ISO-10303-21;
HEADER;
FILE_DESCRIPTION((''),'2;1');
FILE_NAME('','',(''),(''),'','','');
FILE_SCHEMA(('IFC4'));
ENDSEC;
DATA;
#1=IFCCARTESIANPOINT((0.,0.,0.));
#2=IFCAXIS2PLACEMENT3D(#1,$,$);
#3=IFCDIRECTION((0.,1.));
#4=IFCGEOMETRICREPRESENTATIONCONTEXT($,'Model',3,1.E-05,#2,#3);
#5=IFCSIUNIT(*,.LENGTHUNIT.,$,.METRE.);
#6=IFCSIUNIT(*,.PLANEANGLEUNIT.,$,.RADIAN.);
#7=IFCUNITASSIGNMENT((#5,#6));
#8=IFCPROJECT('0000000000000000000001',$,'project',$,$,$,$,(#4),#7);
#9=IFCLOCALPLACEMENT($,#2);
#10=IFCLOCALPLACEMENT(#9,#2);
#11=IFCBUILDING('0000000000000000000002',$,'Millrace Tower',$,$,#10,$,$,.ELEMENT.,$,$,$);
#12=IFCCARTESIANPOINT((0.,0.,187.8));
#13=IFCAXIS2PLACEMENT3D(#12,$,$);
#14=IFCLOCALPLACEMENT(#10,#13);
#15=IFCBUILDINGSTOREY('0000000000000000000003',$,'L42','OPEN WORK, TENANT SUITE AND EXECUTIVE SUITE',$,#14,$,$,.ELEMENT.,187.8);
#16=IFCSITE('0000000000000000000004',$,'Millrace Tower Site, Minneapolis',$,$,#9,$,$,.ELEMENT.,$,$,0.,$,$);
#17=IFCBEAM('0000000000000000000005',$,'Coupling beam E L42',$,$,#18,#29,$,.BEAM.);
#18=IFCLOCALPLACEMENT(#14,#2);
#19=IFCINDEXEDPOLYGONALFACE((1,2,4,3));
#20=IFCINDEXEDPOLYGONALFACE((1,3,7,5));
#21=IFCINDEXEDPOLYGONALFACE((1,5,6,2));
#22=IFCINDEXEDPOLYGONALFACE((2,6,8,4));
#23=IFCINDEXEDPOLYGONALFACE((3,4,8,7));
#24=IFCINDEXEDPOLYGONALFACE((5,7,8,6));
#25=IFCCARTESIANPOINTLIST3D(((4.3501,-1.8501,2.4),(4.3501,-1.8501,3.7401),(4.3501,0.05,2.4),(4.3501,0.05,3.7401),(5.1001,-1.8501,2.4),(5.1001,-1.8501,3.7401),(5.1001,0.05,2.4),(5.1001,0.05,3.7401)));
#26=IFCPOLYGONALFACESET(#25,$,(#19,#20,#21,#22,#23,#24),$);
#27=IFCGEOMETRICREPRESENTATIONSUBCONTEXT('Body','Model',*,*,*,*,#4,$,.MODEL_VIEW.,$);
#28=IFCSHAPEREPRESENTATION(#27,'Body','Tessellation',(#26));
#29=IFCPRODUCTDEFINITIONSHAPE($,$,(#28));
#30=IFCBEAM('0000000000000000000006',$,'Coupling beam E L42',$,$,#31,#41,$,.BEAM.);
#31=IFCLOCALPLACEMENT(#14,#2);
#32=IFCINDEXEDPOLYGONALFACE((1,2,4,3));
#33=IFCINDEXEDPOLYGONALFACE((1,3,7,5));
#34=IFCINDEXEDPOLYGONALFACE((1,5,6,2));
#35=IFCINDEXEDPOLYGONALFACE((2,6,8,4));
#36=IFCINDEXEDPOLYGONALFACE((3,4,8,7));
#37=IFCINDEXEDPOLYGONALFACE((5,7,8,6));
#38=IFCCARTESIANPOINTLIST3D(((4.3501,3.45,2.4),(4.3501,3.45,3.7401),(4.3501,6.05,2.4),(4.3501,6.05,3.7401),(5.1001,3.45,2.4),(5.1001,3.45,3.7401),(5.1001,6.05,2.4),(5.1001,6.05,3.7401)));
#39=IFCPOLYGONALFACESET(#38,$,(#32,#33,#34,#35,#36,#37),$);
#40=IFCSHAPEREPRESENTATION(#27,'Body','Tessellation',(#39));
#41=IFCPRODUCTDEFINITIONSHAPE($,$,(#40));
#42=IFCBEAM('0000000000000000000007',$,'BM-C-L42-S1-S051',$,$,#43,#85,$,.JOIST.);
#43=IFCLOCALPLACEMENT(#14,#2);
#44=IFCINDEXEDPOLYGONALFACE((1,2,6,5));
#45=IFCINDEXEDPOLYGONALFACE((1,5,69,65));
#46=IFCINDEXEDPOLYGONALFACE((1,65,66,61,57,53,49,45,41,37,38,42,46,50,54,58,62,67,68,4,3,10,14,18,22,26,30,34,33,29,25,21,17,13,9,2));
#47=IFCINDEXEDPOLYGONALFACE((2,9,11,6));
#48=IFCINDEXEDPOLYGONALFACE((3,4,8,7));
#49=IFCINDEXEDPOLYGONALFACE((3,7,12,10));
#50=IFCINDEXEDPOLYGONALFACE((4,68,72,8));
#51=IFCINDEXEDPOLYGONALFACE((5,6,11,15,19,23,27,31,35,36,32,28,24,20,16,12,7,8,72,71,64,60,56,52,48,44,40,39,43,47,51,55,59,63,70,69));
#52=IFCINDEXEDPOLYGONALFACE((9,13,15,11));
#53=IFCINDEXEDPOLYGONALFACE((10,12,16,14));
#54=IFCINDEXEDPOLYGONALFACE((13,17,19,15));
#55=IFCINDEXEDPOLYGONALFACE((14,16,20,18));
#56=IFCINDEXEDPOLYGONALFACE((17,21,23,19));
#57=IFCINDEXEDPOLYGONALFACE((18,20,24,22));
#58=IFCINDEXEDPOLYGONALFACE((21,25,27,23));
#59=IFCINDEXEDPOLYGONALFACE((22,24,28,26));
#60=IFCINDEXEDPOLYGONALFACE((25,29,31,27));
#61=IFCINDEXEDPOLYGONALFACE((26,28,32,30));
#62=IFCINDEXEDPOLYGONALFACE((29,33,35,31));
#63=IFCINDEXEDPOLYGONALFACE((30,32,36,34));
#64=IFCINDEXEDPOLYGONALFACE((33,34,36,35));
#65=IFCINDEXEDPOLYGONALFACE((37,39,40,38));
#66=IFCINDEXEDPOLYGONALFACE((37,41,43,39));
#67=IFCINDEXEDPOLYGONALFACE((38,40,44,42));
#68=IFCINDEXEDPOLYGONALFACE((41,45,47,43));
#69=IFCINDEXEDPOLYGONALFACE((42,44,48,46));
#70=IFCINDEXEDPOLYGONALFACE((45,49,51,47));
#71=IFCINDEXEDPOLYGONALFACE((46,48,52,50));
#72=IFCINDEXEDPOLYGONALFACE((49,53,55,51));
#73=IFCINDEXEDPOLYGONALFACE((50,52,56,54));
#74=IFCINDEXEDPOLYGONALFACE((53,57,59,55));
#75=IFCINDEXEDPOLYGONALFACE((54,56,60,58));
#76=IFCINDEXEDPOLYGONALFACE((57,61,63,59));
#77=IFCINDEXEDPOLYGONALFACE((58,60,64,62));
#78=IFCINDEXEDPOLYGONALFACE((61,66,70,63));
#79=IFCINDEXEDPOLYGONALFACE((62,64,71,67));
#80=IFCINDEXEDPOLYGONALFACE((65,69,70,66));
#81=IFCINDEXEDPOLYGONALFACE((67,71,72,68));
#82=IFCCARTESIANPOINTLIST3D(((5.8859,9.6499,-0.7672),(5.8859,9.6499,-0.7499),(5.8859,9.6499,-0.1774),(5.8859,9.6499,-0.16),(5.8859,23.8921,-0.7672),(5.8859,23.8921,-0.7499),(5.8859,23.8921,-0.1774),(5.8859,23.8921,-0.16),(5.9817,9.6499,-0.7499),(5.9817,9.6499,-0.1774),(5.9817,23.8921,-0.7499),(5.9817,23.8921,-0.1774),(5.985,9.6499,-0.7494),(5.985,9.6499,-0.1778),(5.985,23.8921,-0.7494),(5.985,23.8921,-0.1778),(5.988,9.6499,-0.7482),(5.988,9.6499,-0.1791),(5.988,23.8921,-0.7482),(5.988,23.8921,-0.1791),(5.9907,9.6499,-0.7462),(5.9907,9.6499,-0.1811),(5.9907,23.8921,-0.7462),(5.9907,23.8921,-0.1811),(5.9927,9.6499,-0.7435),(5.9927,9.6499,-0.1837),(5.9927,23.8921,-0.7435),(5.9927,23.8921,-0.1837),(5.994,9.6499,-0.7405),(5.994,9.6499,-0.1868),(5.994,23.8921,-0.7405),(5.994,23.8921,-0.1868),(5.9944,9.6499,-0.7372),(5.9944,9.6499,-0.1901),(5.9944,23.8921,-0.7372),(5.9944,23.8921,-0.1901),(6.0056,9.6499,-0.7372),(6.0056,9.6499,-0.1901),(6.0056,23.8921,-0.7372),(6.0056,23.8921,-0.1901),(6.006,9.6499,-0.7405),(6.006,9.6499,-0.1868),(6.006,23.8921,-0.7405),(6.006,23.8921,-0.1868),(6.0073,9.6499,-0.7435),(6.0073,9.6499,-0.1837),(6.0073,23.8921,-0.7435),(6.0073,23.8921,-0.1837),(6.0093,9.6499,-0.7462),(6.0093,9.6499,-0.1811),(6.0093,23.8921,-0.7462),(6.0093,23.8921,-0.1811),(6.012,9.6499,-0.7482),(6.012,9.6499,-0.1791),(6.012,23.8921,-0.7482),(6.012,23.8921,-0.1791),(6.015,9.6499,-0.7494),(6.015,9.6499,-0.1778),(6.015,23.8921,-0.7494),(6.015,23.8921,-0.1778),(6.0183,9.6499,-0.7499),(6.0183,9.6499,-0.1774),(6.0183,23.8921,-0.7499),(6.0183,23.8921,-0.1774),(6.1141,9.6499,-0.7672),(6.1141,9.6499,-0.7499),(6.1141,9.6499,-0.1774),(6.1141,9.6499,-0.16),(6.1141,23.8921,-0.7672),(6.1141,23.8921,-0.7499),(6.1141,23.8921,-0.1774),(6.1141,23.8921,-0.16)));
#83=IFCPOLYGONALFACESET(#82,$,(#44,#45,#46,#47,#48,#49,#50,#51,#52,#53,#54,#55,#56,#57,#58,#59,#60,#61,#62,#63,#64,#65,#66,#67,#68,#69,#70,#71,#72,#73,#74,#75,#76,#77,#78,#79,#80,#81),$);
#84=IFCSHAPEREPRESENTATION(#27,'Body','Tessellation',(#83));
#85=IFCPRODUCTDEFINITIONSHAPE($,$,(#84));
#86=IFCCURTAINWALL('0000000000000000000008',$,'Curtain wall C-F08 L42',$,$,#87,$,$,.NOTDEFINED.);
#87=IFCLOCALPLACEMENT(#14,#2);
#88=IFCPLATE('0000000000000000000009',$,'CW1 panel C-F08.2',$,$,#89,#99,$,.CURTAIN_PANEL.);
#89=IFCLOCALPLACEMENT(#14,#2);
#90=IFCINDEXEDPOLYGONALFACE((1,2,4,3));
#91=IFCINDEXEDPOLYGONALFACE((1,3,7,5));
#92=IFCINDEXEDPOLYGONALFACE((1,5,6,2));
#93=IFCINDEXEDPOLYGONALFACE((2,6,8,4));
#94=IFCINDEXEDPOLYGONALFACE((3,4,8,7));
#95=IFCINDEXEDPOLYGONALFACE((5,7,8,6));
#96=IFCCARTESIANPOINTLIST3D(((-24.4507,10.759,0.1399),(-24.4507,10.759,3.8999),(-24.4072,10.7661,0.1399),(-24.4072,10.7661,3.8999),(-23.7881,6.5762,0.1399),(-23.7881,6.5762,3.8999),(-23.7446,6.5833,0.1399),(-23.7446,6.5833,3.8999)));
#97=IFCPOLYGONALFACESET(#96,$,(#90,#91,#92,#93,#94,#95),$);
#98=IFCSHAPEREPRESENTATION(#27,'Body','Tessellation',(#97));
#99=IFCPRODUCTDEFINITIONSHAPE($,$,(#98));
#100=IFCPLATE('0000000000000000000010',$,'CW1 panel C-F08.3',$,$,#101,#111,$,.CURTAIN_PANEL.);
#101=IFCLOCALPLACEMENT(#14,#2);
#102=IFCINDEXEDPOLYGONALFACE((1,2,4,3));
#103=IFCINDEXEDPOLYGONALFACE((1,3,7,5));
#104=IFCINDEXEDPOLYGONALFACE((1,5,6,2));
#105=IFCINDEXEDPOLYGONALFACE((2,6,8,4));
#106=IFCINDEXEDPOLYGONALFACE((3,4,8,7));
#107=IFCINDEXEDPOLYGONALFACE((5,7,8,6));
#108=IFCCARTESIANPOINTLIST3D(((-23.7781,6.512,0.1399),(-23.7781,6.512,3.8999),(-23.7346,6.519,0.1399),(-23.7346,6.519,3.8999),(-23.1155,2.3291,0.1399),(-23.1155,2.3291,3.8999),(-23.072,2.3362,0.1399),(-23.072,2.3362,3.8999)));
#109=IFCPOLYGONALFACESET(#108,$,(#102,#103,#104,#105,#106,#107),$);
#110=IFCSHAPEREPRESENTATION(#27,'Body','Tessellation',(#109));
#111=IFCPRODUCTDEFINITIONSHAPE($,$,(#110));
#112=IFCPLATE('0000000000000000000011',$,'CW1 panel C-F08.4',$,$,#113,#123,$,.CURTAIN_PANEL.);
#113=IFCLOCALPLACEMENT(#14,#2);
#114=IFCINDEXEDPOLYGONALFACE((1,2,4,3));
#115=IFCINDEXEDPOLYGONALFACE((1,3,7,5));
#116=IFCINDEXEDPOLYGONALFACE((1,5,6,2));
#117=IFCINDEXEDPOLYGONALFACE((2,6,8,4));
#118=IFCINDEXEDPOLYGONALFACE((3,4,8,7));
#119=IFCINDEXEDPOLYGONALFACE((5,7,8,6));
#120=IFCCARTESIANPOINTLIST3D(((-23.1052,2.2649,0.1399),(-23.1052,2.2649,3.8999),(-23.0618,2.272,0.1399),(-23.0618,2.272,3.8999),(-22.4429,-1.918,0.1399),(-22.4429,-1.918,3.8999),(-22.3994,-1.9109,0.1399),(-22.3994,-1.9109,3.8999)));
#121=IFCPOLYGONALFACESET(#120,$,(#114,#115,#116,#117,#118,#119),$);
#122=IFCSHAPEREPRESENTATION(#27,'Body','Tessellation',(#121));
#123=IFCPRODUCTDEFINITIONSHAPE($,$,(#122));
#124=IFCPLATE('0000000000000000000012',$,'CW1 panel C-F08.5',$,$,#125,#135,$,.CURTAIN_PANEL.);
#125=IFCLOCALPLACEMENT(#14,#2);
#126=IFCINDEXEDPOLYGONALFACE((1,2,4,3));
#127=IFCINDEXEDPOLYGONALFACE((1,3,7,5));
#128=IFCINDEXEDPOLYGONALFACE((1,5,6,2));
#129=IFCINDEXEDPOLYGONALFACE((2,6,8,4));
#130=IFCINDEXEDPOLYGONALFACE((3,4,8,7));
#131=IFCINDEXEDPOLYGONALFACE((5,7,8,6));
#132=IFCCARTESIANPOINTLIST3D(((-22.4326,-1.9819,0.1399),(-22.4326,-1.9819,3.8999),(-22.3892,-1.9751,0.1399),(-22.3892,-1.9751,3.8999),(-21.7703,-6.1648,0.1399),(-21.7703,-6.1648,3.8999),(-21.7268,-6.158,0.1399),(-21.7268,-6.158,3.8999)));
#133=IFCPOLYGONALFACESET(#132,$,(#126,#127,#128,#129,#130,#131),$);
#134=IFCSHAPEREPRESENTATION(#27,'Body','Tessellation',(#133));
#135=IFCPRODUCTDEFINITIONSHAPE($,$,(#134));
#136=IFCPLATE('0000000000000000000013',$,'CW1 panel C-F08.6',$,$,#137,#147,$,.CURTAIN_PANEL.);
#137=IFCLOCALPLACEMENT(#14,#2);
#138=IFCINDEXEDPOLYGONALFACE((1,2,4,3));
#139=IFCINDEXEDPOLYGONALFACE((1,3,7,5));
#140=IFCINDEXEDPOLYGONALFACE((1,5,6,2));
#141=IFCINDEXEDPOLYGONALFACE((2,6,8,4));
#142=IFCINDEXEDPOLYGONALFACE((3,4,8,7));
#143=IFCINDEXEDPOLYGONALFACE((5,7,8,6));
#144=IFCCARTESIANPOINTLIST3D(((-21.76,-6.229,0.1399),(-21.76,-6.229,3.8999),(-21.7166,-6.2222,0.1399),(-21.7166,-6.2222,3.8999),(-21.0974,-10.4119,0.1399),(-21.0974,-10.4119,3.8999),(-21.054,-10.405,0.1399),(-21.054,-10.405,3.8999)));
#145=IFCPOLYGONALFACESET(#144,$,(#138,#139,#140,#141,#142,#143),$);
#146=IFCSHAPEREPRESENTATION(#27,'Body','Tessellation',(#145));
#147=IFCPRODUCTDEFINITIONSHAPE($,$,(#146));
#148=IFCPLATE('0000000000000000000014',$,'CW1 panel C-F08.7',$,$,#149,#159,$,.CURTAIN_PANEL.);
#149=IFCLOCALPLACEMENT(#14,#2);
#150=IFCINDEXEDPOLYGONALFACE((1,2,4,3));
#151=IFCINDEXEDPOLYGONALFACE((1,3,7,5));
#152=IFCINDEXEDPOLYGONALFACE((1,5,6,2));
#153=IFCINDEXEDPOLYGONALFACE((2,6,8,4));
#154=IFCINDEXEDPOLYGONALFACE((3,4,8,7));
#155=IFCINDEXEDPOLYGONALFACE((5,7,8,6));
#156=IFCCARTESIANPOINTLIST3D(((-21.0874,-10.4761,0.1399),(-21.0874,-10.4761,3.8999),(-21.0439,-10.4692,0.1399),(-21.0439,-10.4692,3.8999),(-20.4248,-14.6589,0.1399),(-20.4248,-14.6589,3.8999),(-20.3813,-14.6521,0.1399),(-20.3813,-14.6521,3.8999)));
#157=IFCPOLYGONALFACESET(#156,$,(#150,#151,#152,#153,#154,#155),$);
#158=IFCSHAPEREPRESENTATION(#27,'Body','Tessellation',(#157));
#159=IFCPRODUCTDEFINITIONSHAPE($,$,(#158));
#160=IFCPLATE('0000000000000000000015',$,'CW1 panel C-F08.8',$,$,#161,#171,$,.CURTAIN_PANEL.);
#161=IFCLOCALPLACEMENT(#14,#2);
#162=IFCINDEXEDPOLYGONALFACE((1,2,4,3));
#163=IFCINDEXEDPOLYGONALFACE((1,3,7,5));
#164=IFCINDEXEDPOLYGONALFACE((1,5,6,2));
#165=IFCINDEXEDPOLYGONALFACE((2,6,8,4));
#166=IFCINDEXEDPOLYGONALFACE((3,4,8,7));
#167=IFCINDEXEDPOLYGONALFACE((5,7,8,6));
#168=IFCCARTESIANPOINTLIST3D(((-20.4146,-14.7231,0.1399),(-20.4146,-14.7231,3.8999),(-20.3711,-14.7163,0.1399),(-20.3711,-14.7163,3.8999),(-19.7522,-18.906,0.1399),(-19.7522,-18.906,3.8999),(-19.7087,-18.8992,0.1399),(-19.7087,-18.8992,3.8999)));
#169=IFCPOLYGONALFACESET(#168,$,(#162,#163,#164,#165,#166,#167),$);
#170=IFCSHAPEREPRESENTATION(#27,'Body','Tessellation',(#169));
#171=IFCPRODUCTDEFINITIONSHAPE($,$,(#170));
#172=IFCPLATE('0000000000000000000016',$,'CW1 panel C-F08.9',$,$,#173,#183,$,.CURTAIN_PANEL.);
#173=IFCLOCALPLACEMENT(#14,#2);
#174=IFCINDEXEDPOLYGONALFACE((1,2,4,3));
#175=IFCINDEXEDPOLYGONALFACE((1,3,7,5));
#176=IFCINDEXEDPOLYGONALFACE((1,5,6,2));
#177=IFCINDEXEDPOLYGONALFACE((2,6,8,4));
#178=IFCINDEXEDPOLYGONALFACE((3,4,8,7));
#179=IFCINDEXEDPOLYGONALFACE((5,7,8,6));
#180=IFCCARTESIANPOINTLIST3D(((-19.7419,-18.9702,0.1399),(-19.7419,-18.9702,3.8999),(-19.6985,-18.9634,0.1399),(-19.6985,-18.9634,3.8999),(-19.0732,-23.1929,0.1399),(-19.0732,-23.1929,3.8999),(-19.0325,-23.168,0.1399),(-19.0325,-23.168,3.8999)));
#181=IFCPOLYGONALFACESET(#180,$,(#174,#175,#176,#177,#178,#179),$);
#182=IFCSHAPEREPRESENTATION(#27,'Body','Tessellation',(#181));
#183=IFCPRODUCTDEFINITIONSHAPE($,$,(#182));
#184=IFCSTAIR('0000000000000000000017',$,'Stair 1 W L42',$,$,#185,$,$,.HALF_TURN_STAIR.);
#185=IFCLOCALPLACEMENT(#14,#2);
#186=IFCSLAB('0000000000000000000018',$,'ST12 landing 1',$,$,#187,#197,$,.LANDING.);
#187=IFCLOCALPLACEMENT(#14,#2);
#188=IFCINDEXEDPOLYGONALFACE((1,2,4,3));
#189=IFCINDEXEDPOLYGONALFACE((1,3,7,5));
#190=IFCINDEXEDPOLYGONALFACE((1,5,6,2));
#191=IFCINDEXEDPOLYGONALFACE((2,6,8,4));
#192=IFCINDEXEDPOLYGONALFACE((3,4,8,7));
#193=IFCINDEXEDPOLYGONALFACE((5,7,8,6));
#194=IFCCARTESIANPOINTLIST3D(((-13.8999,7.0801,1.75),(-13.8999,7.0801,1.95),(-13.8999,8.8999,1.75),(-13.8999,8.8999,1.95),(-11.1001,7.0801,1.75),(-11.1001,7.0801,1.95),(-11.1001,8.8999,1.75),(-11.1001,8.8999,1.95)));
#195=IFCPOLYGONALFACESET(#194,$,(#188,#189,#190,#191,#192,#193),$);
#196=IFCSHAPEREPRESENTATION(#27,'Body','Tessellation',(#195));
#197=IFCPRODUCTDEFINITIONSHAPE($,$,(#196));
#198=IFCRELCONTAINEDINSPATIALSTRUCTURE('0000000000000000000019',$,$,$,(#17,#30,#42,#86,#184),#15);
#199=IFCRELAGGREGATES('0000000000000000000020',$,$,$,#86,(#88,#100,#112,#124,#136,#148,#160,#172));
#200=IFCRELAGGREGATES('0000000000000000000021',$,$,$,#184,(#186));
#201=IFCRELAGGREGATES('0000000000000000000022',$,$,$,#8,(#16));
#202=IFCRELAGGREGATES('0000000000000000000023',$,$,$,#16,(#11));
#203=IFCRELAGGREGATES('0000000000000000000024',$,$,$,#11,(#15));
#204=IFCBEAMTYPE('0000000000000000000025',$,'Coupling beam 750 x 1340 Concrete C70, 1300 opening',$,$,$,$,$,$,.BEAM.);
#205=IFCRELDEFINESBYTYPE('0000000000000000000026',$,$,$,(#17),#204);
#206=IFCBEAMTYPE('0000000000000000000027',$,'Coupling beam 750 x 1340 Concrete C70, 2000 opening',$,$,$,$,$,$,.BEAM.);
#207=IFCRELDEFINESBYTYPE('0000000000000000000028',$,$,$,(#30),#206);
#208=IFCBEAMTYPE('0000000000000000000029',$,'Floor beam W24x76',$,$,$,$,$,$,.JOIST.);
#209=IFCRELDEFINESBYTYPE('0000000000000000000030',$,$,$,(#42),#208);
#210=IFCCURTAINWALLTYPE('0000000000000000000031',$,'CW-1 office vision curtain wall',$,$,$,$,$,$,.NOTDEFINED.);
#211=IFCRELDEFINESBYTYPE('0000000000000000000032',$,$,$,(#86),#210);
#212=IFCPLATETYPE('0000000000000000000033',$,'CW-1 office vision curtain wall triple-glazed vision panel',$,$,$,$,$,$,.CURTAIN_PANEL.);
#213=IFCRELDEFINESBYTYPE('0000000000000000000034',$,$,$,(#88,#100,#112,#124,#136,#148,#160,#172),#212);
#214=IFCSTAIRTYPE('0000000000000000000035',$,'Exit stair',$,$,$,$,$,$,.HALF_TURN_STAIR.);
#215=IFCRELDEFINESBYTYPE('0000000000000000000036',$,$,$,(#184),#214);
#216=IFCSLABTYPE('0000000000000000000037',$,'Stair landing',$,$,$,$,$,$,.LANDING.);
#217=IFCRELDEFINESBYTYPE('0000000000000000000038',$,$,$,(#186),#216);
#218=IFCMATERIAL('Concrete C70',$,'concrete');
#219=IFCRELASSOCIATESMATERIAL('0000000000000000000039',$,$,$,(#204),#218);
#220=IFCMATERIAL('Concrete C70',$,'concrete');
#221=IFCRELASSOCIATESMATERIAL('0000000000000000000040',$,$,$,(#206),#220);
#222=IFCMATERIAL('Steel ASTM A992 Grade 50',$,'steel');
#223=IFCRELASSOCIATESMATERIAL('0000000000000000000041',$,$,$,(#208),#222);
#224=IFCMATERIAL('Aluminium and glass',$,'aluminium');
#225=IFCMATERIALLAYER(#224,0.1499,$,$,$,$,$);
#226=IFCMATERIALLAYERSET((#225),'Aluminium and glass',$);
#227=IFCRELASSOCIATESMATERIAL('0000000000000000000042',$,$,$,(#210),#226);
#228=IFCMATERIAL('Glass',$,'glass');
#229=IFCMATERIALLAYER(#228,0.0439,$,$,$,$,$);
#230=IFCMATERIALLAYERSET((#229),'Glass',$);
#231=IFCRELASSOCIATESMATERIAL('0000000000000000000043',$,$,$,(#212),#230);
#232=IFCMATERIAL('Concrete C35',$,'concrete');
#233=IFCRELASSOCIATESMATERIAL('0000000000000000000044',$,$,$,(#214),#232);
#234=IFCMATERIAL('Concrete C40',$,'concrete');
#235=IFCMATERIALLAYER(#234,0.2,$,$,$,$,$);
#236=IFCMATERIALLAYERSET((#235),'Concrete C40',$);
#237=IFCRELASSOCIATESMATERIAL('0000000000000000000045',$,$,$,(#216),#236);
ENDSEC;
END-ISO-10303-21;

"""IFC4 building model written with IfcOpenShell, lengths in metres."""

from ifc_helpers import new_model, si_unit, direction, frame, origin, origin_2d, place, context, subcontext, project, spatial, polyline, rectangle, i_section, outline, extrude, material, layer, layer_set, material_profile, profile_set, type_object, element, aggregate, save


model = new_model("IFC4")

# Units and contexts
model_context = context("Model", 3, precision=1e-05, world=origin(), true_north=direction((0.0, 1.0)))
body_context = subcontext(model_context, "Body", "Model", "MODEL_VIEW")
ifc_project = project(units=[si_unit("LENGTHUNIT", "METRE"), si_unit("PLANEANGLEUNIT", "RADIAN")], contexts=[model_context])

# Site, building, storey
site_placement = place(None, origin())
site = spatial("IfcSite", under=ifc_project, at=site_placement, Name="Millrace Tower Site, Minneapolis", CompositionType="ELEMENT", RefElevation=0.0)
building_placement = place(site_placement, origin())
building = spatial("IfcBuilding", under=site, at=building_placement, Name="Millrace Tower", CompositionType="ELEMENT")
storey_placement = place(building_placement, frame((0.0, 0.0, 187.8)))
storey = spatial("IfcBuildingStorey", under=building, at=storey_placement, Name="L42", Description="OPEN WORK, TENANT SUITE AND EXECUTIVE SUITE", CompositionType="ELEMENT", Elevation=187.8)

# Beams
ifc_material_1 = material(Name="Concrete C70", Category="concrete")
ifc_material_profile_1 = material_profile(ifc_material_1, rectangle(XDim=0.75, YDim=1.3401, at=origin_2d()))
ifc_profile_set_1 = profile_set([ifc_material_profile_1], Name="Concrete C70")
beam_type_1 = type_object("IfcBeamType", Name="Coupling beam 750 x 1340 Concrete C70, 1300 opening", PredefinedType="BEAM", material=ifc_profile_set_1)
beam_1_placement = place(storey_placement, frame((4.7251, 0.05, 3.0701), z_axis=(0.0, -1.0, 0.0), x_axis=(1.0, 0.0, 0.0)))
element("IfcBeam", 1, at=beam_1_placement, inside=storey, type_object=beam_type_1, Name="Coupling beam E L42", PredefinedType="BEAM", context=body_context, shape_type="SweptSolid", body=[
    extrude(rectangle(XDim=0.75, YDim=1.3401, at=origin_2d()), origin(), (0.0, 0.0, 1.0), 1.9001),
])
ifc_material_2 = material(Name="Concrete C70", Category="concrete")
ifc_material_profile_2 = material_profile(ifc_material_2, rectangle(XDim=0.75, YDim=1.3401, at=origin_2d()))
ifc_profile_set_2 = profile_set([ifc_material_profile_2], Name="Concrete C70")
beam_type_2 = type_object("IfcBeamType", Name="Coupling beam 750 x 1340 Concrete C70, 2000 opening", PredefinedType="BEAM", material=ifc_profile_set_2)
beam_2_placement = place(storey_placement, frame((4.7251, 6.05, 3.0701), z_axis=(0.0, -1.0, 0.0), x_axis=(1.0, 0.0, 0.0)))
element("IfcBeam", 2, at=beam_2_placement, inside=storey, type_object=beam_type_2, Name="Coupling beam E L42", PredefinedType="BEAM", context=body_context, shape_type="SweptSolid", body=[
    extrude(rectangle(XDim=0.75, YDim=1.3401, at=origin_2d()), origin(), (0.0, 0.0, 1.0), 2.6001),
])
ifc_material_3 = material(Name="Steel ASTM A992 Grade 50", Category="steel")
ifc_material_profile_3 = material_profile(ifc_material_3, i_section(OverallWidth=0.2283, OverallDepth=0.6072, WebThickness=0.0112, FlangeThickness=0.0173, FilletRadius=0.0127, at=origin_2d()))
ifc_profile_set_3 = profile_set([ifc_material_profile_3], Name="Steel ASTM A992 Grade 50")
beam_type_3 = type_object("IfcBeamType", Name="Floor beam W24x76", PredefinedType="JOIST", material=ifc_profile_set_3)
beam_3_placement = place(storey_placement, frame((6.0, 9.6499, -0.4636), z_axis=(0.0, 1.0, 0.0), x_axis=(-1.0, 0.0, 0.0)))
element("IfcBeam", 3, at=beam_3_placement, inside=storey, type_object=beam_type_3, Name="BM-C-L42-S1-S051", PredefinedType="JOIST", context=body_context, shape_type="SweptSolid", body=[
    extrude(i_section(OverallWidth=0.2283, OverallDepth=0.6072, WebThickness=0.0112, FlangeThickness=0.0173, FilletRadius=0.0127, at=origin_2d()), origin(), (0.0, 0.0, 1.0), 14.2422),
])

# Curtain wall, plates
ifc_material_4 = material(Name="Aluminium and glass", Category="aluminium")
ifc_layer_1 = layer(ifc_material_4, 0.1499)
ifc_layer_set_1 = layer_set([ifc_layer_1], Name="Aluminium and glass")
curtain_wall_type = type_object("IfcCurtainWallType", Name="CW-1 office vision curtain wall", PredefinedType="NOTDEFINED", material=ifc_layer_set_1)
placement_1 = place(storey_placement, origin())
curtain_wall = element("IfcCurtainWall", 4, at=placement_1, inside=storey, type_object=curtain_wall_type, Name="Curtain wall C-F08 L42", PredefinedType="NOTDEFINED")
ifc_material_5 = material(Name="Glass", Category="glass")
ifc_layer_2 = layer(ifc_material_5, 0.0439)
ifc_layer_set_2 = layer_set([ifc_layer_2], Name="Glass")
plate_type = type_object("IfcPlateType", Name="CW-1 office vision curtain wall triple-glazed vision panel", PredefinedType="CURTAIN_PANEL", material=ifc_layer_set_2)
placement_2 = place(storey_placement, frame((0.0, 0.0, 0.1399)))
plate_1 = element("IfcPlate", 5, at=placement_2, type_object=plate_type, Name="CW1 panel C-F08.2", PredefinedType="CURTAIN_PANEL", context=body_context, shape_type="SweptSolid", body=[
    extrude(outline(polyline([(-24.4507, 10.759), (-23.7881, 6.5762), (-23.7446, 6.5833), (-24.4072, 10.7661), (-24.4507, 10.759)])), origin(), (0.0, 0.0, 1.0), 3.76),
])
plate_2 = element("IfcPlate", 6, at=placement_2, type_object=plate_type, Name="CW1 panel C-F08.3", PredefinedType="CURTAIN_PANEL", context=body_context, shape_type="SweptSolid", body=[
    extrude(outline(polyline([(-23.7781, 6.512), (-23.1155, 2.3291), (-23.072, 2.3362), (-23.7346, 6.519), (-23.7781, 6.512)])), origin(), (0.0, 0.0, 1.0), 3.76),
])
plate_3 = element("IfcPlate", 7, at=placement_2, type_object=plate_type, Name="CW1 panel C-F08.4", PredefinedType="CURTAIN_PANEL", context=body_context, shape_type="SweptSolid", body=[
    extrude(outline(polyline([(-23.1052, 2.2649), (-22.4429, -1.918), (-22.3994, -1.9109), (-23.0618, 2.272), (-23.1052, 2.2649)])), origin(), (0.0, 0.0, 1.0), 3.76),
])
plate_4 = element("IfcPlate", 8, at=placement_2, type_object=plate_type, Name="CW1 panel C-F08.5", PredefinedType="CURTAIN_PANEL", context=body_context, shape_type="SweptSolid", body=[
    extrude(outline(polyline([(-22.4326, -1.9819), (-21.7703, -6.1648), (-21.7268, -6.158), (-22.3892, -1.9751), (-22.4326, -1.9819)])), origin(), (0.0, 0.0, 1.0), 3.76),
])
plate_5 = element("IfcPlate", 9, at=placement_2, type_object=plate_type, Name="CW1 panel C-F08.6", PredefinedType="CURTAIN_PANEL", context=body_context, shape_type="SweptSolid", body=[
    extrude(outline(polyline([(-21.76, -6.229), (-21.0974, -10.4119), (-21.054, -10.405), (-21.7166, -6.2222), (-21.76, -6.229)])), origin(), (0.0, 0.0, 1.0), 3.76),
])
plate_6 = element("IfcPlate", 10, at=placement_2, type_object=plate_type, Name="CW1 panel C-F08.7", PredefinedType="CURTAIN_PANEL", context=body_context, shape_type="SweptSolid", body=[
    extrude(outline(polyline([(-21.0874, -10.4761), (-20.4248, -14.6589), (-20.3813, -14.6521), (-21.0439, -10.4692), (-21.0874, -10.4761)])), origin(), (0.0, 0.0, 1.0), 3.76),
])
plate_7 = element("IfcPlate", 11, at=placement_2, type_object=plate_type, Name="CW1 panel C-F08.8", PredefinedType="CURTAIN_PANEL", context=body_context, shape_type="SweptSolid", body=[
    extrude(outline(polyline([(-20.4146, -14.7231), (-19.7522, -18.906), (-19.7087, -18.8992), (-20.3711, -14.7163), (-20.4146, -14.7231)])), origin(), (0.0, 0.0, 1.0), 3.76),
])
plate_8 = element("IfcPlate", 12, at=placement_2, type_object=plate_type, Name="CW1 panel C-F08.9", PredefinedType="CURTAIN_PANEL", context=body_context, shape_type="SweptSolid", body=[
    extrude(outline(polyline([(-19.7419, -18.9702), (-19.0732, -23.1929), (-19.0325, -23.168), (-19.6985, -18.9634), (-19.7419, -18.9702)])), origin(), (0.0, 0.0, 1.0), 3.76),
])
aggregate(curtain_wall, [plate_1, plate_2, plate_3, plate_4, plate_5, plate_6, plate_7, plate_8])

# Stair, slab
ifc_material_6 = material(Name="Concrete C35", Category="concrete")
stair_type = type_object("IfcStairType", Name="Exit stair", PredefinedType="HALF_TURN_STAIR", material=ifc_material_6)
stair_1 = element("IfcStair", 13, at=placement_1, inside=storey, type_object=stair_type, Name="Stair 1 W L42", PredefinedType="HALF_TURN_STAIR")
ifc_material_7 = material(Name="Concrete C40", Category="concrete")
ifc_layer_3 = layer(ifc_material_7, 0.2)
ifc_layer_set_3 = layer_set([ifc_layer_3], Name="Concrete C40")
slab_type = type_object("IfcSlabType", Name="Stair landing", PredefinedType="LANDING", material=ifc_layer_set_3)
placement_3 = place(storey_placement, frame((0.0, 0.0, 1.75)))
slab_1 = element("IfcSlab", 14, at=placement_3, type_object=slab_type, Name="ST12 landing 1", PredefinedType="LANDING", context=body_context, shape_type="SweptSolid", body=[
    extrude(outline(polyline([(-13.8999, 7.0801), (-11.1001, 7.0801), (-11.1001, 8.8999), (-13.8999, 8.8999), (-13.8999, 7.0801)])), origin(), (0.0, 0.0, 1.0), 0.2),
])
aggregate(stair_1, [slab_1])

save(model, "model.ifc")
